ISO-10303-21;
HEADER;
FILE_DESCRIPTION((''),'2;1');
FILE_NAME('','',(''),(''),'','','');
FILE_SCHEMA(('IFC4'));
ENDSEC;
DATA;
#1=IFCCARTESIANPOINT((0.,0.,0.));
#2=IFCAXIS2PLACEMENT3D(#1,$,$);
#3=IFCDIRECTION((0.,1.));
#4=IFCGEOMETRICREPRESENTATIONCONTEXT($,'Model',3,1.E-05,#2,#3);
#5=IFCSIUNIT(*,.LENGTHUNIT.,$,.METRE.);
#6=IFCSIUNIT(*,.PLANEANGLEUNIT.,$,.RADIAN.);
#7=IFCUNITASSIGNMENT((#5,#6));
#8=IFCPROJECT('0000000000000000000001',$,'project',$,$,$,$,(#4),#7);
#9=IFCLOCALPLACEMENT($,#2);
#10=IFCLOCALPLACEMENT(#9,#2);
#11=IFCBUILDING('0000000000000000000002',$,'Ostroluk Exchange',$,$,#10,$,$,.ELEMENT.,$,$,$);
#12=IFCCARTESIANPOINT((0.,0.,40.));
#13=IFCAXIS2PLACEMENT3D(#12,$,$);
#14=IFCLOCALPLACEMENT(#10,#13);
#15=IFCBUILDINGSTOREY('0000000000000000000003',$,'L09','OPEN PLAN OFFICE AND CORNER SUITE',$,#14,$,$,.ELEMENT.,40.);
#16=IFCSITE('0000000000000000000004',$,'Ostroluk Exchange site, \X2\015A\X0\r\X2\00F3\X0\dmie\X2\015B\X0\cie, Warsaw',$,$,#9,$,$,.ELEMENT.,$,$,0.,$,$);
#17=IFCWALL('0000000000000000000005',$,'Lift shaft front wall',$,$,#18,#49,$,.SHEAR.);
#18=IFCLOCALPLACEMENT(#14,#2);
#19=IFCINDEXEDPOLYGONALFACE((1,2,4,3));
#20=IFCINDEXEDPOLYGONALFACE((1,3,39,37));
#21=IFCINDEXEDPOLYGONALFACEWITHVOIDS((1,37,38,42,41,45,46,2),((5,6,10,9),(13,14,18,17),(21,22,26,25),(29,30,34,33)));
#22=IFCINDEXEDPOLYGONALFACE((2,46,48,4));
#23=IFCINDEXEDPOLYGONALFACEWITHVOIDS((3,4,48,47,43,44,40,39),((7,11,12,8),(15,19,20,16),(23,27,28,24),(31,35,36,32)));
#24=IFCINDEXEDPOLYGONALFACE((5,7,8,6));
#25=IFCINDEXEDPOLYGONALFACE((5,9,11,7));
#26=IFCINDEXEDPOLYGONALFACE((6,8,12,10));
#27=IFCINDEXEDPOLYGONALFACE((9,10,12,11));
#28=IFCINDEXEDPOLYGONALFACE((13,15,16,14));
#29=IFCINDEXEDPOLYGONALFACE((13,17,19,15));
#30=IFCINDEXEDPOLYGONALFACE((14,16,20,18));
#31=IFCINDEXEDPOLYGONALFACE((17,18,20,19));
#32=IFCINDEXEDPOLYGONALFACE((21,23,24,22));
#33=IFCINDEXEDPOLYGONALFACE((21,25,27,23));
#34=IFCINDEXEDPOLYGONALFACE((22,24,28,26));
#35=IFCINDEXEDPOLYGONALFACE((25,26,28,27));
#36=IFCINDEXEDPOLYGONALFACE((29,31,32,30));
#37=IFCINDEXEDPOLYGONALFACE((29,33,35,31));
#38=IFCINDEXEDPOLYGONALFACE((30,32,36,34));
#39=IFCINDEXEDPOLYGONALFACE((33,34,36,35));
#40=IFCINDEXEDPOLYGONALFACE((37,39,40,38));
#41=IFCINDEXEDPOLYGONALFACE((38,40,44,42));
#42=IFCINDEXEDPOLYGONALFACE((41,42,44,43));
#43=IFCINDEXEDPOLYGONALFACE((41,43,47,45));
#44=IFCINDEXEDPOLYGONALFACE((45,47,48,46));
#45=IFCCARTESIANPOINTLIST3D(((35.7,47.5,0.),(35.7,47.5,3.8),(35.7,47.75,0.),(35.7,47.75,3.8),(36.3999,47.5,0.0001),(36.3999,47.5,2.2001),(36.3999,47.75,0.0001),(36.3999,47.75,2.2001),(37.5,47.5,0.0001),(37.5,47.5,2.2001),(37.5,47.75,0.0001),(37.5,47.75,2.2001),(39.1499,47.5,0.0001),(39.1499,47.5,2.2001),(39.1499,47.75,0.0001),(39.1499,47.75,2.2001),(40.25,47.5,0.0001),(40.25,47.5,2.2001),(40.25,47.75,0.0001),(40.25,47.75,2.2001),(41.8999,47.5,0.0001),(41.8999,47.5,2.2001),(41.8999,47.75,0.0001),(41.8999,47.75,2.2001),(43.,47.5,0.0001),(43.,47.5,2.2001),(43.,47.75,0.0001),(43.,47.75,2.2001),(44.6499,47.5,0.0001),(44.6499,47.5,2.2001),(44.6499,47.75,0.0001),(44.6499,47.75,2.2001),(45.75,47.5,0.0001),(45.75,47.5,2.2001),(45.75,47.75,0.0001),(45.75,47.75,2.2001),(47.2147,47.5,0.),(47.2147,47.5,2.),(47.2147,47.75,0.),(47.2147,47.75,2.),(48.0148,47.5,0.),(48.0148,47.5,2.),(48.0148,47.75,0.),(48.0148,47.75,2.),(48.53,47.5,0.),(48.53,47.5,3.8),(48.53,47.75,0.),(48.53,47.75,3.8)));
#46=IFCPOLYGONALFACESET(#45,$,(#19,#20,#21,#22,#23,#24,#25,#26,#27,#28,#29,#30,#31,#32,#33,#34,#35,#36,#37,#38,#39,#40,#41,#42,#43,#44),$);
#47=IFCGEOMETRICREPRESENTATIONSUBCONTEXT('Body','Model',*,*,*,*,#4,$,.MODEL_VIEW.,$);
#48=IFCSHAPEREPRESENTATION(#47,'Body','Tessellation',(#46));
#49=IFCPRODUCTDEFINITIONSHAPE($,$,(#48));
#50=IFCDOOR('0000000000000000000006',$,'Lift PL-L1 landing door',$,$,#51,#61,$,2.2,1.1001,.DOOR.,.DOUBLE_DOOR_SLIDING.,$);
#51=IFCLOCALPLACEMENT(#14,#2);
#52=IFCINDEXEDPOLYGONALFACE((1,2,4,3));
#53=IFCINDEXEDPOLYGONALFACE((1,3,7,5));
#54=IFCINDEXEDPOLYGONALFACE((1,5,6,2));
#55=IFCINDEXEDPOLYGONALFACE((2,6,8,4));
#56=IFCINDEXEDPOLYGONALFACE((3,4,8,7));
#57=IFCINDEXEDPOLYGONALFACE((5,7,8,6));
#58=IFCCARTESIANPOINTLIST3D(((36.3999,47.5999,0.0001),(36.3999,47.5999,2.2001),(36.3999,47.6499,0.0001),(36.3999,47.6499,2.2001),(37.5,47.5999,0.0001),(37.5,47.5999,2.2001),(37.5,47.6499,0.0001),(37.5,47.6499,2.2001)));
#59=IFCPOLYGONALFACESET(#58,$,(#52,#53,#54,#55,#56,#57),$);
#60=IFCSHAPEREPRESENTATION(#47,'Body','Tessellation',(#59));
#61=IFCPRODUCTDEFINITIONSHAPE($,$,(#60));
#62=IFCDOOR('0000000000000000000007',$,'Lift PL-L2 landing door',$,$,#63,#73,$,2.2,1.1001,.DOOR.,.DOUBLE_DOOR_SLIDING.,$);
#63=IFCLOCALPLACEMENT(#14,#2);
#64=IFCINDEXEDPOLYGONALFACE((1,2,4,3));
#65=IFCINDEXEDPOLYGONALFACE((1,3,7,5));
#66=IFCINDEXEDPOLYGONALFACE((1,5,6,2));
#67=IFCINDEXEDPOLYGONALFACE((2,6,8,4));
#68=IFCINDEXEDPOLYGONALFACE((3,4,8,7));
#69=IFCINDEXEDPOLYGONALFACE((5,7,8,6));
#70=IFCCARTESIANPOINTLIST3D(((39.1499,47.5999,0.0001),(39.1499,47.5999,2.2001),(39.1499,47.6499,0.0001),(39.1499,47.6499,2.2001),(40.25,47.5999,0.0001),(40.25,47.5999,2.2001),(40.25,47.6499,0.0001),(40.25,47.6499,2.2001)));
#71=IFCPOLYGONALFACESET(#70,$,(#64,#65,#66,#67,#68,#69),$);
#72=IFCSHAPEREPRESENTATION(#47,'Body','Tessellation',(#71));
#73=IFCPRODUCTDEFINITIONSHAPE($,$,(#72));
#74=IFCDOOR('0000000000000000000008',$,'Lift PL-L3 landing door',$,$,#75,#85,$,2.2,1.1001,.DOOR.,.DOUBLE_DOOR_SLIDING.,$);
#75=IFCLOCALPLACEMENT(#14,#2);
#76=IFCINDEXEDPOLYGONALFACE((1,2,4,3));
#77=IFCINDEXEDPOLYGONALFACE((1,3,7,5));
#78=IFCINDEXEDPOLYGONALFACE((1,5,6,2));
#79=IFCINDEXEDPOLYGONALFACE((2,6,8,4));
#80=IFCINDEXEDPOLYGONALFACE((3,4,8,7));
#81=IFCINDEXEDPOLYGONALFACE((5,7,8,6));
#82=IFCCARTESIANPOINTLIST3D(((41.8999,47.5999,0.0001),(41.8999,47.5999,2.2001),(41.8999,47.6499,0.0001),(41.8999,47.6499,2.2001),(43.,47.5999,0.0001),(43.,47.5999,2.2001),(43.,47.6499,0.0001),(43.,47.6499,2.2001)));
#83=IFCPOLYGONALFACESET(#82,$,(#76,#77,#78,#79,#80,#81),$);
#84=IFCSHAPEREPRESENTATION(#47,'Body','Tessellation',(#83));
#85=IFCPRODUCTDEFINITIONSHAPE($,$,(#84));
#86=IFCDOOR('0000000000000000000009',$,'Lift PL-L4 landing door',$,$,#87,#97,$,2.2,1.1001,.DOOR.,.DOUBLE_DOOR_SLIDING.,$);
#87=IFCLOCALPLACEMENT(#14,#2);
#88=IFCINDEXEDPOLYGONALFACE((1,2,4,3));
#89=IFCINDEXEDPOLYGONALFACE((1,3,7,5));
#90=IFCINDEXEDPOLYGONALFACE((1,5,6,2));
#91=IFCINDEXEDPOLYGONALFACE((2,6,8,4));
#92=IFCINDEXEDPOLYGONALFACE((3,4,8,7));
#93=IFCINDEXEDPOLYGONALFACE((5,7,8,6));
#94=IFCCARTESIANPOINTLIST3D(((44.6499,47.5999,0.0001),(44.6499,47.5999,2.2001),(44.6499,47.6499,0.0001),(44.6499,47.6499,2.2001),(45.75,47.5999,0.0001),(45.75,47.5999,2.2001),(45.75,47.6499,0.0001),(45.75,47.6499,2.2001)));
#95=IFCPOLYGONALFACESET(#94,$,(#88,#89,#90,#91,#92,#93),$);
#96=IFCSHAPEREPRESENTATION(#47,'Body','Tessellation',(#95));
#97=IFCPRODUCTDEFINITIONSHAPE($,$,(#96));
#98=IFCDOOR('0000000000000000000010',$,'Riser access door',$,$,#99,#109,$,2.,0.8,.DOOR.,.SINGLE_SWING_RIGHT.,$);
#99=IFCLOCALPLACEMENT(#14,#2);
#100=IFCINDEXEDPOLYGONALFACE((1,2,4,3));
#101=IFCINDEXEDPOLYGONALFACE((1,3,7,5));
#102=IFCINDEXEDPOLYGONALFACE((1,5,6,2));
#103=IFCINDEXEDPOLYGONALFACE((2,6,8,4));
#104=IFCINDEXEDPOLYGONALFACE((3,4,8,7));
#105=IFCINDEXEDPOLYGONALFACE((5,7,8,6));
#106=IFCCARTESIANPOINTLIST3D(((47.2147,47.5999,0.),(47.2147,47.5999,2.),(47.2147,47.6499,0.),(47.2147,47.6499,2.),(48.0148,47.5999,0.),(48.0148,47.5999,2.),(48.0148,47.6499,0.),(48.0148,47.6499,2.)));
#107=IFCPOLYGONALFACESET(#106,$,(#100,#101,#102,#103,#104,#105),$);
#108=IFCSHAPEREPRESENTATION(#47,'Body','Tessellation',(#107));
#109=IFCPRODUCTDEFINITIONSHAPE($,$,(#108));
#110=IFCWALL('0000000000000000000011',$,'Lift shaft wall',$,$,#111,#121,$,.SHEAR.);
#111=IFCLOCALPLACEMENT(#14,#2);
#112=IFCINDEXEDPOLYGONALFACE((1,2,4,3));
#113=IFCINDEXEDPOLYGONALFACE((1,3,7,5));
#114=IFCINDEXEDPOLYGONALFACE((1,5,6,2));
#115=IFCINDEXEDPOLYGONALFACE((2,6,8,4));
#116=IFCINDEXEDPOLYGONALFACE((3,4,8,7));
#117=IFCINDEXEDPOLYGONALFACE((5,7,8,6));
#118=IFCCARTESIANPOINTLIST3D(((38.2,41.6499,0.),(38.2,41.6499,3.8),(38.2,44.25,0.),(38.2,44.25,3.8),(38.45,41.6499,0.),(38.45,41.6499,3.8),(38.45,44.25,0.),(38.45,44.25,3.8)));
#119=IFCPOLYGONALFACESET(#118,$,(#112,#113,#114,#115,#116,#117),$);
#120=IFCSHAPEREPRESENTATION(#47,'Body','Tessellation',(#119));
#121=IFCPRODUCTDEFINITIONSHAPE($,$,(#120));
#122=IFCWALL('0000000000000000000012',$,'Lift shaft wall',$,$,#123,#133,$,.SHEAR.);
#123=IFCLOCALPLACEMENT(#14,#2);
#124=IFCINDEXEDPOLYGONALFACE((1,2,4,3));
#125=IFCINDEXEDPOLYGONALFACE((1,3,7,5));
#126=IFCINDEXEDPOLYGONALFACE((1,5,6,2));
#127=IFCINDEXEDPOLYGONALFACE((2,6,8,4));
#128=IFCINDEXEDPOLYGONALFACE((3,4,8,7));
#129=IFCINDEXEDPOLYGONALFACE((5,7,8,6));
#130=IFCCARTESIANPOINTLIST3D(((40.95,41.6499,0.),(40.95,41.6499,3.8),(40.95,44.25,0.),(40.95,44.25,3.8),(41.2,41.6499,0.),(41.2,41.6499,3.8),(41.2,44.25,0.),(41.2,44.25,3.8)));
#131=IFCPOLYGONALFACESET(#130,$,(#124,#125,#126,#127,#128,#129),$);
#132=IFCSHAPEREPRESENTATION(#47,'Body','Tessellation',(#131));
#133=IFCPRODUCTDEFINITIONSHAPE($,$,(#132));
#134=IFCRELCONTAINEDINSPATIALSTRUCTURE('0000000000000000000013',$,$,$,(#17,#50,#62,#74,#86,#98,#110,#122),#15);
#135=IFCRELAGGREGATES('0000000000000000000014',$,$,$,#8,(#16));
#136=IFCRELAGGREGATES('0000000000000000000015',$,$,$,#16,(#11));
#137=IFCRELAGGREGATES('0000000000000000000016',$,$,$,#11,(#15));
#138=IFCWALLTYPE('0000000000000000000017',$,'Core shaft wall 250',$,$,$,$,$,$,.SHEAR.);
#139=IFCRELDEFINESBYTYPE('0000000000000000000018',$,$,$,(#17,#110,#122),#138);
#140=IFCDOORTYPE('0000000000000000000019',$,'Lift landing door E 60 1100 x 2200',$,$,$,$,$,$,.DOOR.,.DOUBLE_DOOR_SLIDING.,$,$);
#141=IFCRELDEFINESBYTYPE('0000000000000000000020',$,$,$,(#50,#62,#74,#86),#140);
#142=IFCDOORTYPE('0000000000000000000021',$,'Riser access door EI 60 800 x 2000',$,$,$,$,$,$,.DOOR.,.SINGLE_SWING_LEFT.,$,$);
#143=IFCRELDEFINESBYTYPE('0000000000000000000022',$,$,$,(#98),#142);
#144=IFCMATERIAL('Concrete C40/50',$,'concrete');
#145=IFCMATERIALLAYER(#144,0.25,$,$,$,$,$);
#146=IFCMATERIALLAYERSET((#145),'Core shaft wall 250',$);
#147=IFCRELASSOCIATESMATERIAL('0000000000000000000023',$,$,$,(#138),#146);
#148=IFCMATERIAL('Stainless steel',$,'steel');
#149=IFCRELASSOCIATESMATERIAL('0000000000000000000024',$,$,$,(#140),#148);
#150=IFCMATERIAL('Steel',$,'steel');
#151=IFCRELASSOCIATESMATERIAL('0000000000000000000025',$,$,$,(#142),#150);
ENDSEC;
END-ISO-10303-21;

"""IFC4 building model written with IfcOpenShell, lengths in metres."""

from ifc_helpers import new_model, si_unit, direction, frame, frame_2d, origin, place, context, subcontext, project, spatial, rectangle, extrude, material, layer, layer_set, type_object, element, fill, save


model = new_model("IFC4")

# Units and contexts
model_context = context("Model", 3, precision=1e-05, world=origin(), true_north=direction((0.0, 1.0)))
body_context = subcontext(model_context, "Body", "Model", "MODEL_VIEW")
ifc_project = project(units=[si_unit("LENGTHUNIT", "METRE"), si_unit("PLANEANGLEUNIT", "RADIAN")], contexts=[model_context])

# Site, building, storey
site_placement = place(None, origin())
site = spatial("IfcSite", under=ifc_project, at=site_placement, Name="Ostroluk Exchange site, Śródmieście, Warsaw", CompositionType="ELEMENT", RefElevation=0.0)
building_placement = place(site_placement, origin())
building = spatial("IfcBuilding", under=site, at=building_placement, Name="Ostroluk Exchange", CompositionType="ELEMENT")
storey_placement = place(building_placement, frame((0.0, 0.0, 40.0)))
storey = spatial("IfcBuildingStorey", under=building, at=storey_placement, Name="L09", Description="OPEN PLAN OFFICE AND CORNER SUITE", CompositionType="ELEMENT", Elevation=40.0)

# Shared definitions
ifc_material_1 = material(Name="Concrete C40/50", Category="concrete")
ifc_layer = layer(ifc_material_1, 0.25)
ifc_layer_set = layer_set([ifc_layer], Name="Core shaft wall 250")
wall_type = type_object("IfcWallType", Name="Core shaft wall 250", PredefinedType="SHEAR", material=ifc_layer_set)

# Wall, openings, doors
wall_1_placement = place(storey_placement, frame((35.7, 47.625, 0.0), z_axis=(0.0, 0.0, 1.0), x_axis=(1.0, 0.0, 0.0)))
wall_1 = element("IfcWall", 1, at=wall_1_placement, inside=storey, type_object=wall_type, Name="Lift shaft front wall", PredefinedType="SHEAR", context=body_context, shape_type="SweptSolid", body=[
    extrude(rectangle(XDim=12.8301, YDim=0.25, at=frame_2d((6.415, 0.0))), origin(), (0.0, 0.0, 1.0), 3.8),
])
opening_1_placement = place(wall_1_placement, frame((0.7, 0.0, 0.0)))
opening_1 = element("IfcOpeningElement", 2, at=opening_1_placement, cuts=wall_1, PredefinedType="OPENING", context=body_context, shape_type="SweptSolid", body=[
    extrude(rectangle(XDim=1.1001, YDim=2.2, at=frame_2d((0.55, 1.1001))), frame((0.0, 0.135, 0.0), z_axis=(0.0, -1.0, 0.0), x_axis=(1.0, 0.0, 0.0)), (0.0, 0.0, 1.0), 0.27),
])
opening_2_placement = place(wall_1_placement, frame((3.45, 0.0, 0.0)))
opening_2 = element("IfcOpeningElement", 3, at=opening_2_placement, cuts=wall_1, PredefinedType="OPENING", context=body_context, shape_type="SweptSolid", body=[
    extrude(rectangle(XDim=1.1001, YDim=2.2, at=frame_2d((0.55, 1.1001))), frame((0.0, 0.135, 0.0), z_axis=(0.0, -1.0, 0.0), x_axis=(1.0, 0.0, 0.0)), (0.0, 0.0, 1.0), 0.27),
])
opening_3_placement = place(wall_1_placement, frame((6.2, 0.0, 0.0)))
opening_3 = element("IfcOpeningElement", 4, at=opening_3_placement, cuts=wall_1, PredefinedType="OPENING", context=body_context, shape_type="SweptSolid", body=[
    extrude(rectangle(XDim=1.1001, YDim=2.2, at=frame_2d((0.55, 1.1001))), frame((0.0, 0.135, 0.0), z_axis=(0.0, -1.0, 0.0), x_axis=(1.0, 0.0, 0.0)), (0.0, 0.0, 1.0), 0.27),
])
opening_4_placement = place(wall_1_placement, frame((8.95, 0.0, 0.0)))
opening_4 = element("IfcOpeningElement", 5, at=opening_4_placement, cuts=wall_1, PredefinedType="OPENING", context=body_context, shape_type="SweptSolid", body=[
    extrude(rectangle(XDim=1.1001, YDim=2.2, at=frame_2d((0.55, 1.1001))), frame((0.0, 0.135, 0.0), z_axis=(0.0, -1.0, 0.0), x_axis=(1.0, 0.0, 0.0)), (0.0, 0.0, 1.0), 0.27),
])
opening_5_placement = place(wall_1_placement, frame((11.5149, 0.0, 0.0)))
opening_5 = element("IfcOpeningElement", 6, at=opening_5_placement, cuts=wall_1, PredefinedType="OPENING", context=body_context, shape_type="SweptSolid", body=[
    extrude(rectangle(XDim=0.8, YDim=2.0, at=frame_2d((0.3999, 1.0))), frame((0.0, 0.135, 0.0), z_axis=(0.0, -1.0, 0.0), x_axis=(1.0, 0.0, 0.0)), (0.0, 0.0, 1.0), 0.27),
])
ifc_material_2 = material(Name="Stainless steel", Category="steel")
door_type_1 = type_object("IfcDoorType", Name="Lift landing door E 60 1100 x 2200", OperationType="DOUBLE_DOOR_SLIDING", PredefinedType="DOOR", material=ifc_material_2)
door_1_placement = place(opening_1_placement, origin())
door_1 = element("IfcDoor", 7, at=door_1_placement, inside=storey, type_object=door_type_1, Name="Lift PL-L1 landing door", OperationType="DOUBLE_DOOR_SLIDING", OverallHeight=2.2, OverallWidth=1.1001, PredefinedType="DOOR", context=body_context, shape_type="SweptSolid", body=[
    extrude(rectangle(XDim=1.1001, YDim=2.2, at=frame_2d((0.55, 1.1001))), frame((0.0, 0.0249, 0.0), z_axis=(0.0, -1.0, 0.0), x_axis=(1.0, 0.0, 0.0)), (0.0, 0.0, 1.0), 0.05),
])
fill(opening_1, door_1)
door_2_placement = place(opening_2_placement, origin())
door_2 = element("IfcDoor", 8, at=door_2_placement, inside=storey, type_object=door_type_1, Name="Lift PL-L2 landing door", OperationType="DOUBLE_DOOR_SLIDING", OverallHeight=2.2, OverallWidth=1.1001, PredefinedType="DOOR", context=body_context, shape_type="SweptSolid", body=[
    extrude(rectangle(XDim=1.1001, YDim=2.2, at=frame_2d((0.55, 1.1001))), frame((0.0, 0.0249, 0.0), z_axis=(0.0, -1.0, 0.0), x_axis=(1.0, 0.0, 0.0)), (0.0, 0.0, 1.0), 0.05),
])
fill(opening_2, door_2)
door_3_placement = place(opening_3_placement, origin())
door_3 = element("IfcDoor", 9, at=door_3_placement, inside=storey, type_object=door_type_1, Name="Lift PL-L3 landing door", OperationType="DOUBLE_DOOR_SLIDING", OverallHeight=2.2, OverallWidth=1.1001, PredefinedType="DOOR", context=body_context, shape_type="SweptSolid", body=[
    extrude(rectangle(XDim=1.1001, YDim=2.2, at=frame_2d((0.55, 1.1001))), frame((0.0, 0.0249, 0.0), z_axis=(0.0, -1.0, 0.0), x_axis=(1.0, 0.0, 0.0)), (0.0, 0.0, 1.0), 0.05),
])
fill(opening_3, door_3)
door_4_placement = place(opening_4_placement, origin())
door_4 = element("IfcDoor", 10, at=door_4_placement, inside=storey, type_object=door_type_1, Name="Lift PL-L4 landing door", OperationType="DOUBLE_DOOR_SLIDING", OverallHeight=2.2, OverallWidth=1.1001, PredefinedType="DOOR", context=body_context, shape_type="SweptSolid", body=[
    extrude(rectangle(XDim=1.1001, YDim=2.2, at=frame_2d((0.55, 1.1001))), frame((0.0, 0.0249, 0.0), z_axis=(0.0, -1.0, 0.0), x_axis=(1.0, 0.0, 0.0)), (0.0, 0.0, 1.0), 0.05),
])
fill(opening_4, door_4)
ifc_material_3 = material(Name="Steel", Category="steel")
door_type_2 = type_object("IfcDoorType", Name="Riser access door EI 60 800 x 2000", OperationType="SINGLE_SWING_LEFT", PredefinedType="DOOR", material=ifc_material_3)
door_5_placement = place(opening_5_placement, origin())
door_5 = element("IfcDoor", 11, at=door_5_placement, inside=storey, type_object=door_type_2, Name="Riser access door", OperationType="SINGLE_SWING_RIGHT", OverallHeight=2.0, OverallWidth=0.8, PredefinedType="DOOR", context=body_context, shape_type="SweptSolid", body=[
    extrude(rectangle(XDim=0.8, YDim=2.0, at=frame_2d((0.3999, 1.0))), frame((0.0, 0.0249, 0.0), z_axis=(0.0, -1.0, 0.0), x_axis=(1.0, 0.0, 0.0)), (0.0, 0.0, 1.0), 0.05),
])
fill(opening_5, door_5)

# Walls
for number, where, z_axis, x_axis, name in (
    (12, (38.325, 44.25, 0.0), (0.0, 0.0, 1.0), (0.0, -1.0, 0.0), "Lift shaft wall"),
    (13, (41.075, 44.25, 0.0), (0.0, 0.0, 1.0), (0.0, -1.0, 0.0), "Lift shaft wall"),
):
    element("IfcWall", number, at=place(storey_placement, frame(where, z_axis=z_axis, x_axis=x_axis)), inside=storey, type_object=wall_type, Name=name, PredefinedType="SHEAR", context=body_context, shape_type="SweptSolid", body=[
        extrude(rectangle(XDim=2.6001, YDim=0.25, at=frame_2d((1.3, 0.0))), origin(), (0.0, 0.0, 1.0), 3.8),
    ])

save(model, "model.ifc")
